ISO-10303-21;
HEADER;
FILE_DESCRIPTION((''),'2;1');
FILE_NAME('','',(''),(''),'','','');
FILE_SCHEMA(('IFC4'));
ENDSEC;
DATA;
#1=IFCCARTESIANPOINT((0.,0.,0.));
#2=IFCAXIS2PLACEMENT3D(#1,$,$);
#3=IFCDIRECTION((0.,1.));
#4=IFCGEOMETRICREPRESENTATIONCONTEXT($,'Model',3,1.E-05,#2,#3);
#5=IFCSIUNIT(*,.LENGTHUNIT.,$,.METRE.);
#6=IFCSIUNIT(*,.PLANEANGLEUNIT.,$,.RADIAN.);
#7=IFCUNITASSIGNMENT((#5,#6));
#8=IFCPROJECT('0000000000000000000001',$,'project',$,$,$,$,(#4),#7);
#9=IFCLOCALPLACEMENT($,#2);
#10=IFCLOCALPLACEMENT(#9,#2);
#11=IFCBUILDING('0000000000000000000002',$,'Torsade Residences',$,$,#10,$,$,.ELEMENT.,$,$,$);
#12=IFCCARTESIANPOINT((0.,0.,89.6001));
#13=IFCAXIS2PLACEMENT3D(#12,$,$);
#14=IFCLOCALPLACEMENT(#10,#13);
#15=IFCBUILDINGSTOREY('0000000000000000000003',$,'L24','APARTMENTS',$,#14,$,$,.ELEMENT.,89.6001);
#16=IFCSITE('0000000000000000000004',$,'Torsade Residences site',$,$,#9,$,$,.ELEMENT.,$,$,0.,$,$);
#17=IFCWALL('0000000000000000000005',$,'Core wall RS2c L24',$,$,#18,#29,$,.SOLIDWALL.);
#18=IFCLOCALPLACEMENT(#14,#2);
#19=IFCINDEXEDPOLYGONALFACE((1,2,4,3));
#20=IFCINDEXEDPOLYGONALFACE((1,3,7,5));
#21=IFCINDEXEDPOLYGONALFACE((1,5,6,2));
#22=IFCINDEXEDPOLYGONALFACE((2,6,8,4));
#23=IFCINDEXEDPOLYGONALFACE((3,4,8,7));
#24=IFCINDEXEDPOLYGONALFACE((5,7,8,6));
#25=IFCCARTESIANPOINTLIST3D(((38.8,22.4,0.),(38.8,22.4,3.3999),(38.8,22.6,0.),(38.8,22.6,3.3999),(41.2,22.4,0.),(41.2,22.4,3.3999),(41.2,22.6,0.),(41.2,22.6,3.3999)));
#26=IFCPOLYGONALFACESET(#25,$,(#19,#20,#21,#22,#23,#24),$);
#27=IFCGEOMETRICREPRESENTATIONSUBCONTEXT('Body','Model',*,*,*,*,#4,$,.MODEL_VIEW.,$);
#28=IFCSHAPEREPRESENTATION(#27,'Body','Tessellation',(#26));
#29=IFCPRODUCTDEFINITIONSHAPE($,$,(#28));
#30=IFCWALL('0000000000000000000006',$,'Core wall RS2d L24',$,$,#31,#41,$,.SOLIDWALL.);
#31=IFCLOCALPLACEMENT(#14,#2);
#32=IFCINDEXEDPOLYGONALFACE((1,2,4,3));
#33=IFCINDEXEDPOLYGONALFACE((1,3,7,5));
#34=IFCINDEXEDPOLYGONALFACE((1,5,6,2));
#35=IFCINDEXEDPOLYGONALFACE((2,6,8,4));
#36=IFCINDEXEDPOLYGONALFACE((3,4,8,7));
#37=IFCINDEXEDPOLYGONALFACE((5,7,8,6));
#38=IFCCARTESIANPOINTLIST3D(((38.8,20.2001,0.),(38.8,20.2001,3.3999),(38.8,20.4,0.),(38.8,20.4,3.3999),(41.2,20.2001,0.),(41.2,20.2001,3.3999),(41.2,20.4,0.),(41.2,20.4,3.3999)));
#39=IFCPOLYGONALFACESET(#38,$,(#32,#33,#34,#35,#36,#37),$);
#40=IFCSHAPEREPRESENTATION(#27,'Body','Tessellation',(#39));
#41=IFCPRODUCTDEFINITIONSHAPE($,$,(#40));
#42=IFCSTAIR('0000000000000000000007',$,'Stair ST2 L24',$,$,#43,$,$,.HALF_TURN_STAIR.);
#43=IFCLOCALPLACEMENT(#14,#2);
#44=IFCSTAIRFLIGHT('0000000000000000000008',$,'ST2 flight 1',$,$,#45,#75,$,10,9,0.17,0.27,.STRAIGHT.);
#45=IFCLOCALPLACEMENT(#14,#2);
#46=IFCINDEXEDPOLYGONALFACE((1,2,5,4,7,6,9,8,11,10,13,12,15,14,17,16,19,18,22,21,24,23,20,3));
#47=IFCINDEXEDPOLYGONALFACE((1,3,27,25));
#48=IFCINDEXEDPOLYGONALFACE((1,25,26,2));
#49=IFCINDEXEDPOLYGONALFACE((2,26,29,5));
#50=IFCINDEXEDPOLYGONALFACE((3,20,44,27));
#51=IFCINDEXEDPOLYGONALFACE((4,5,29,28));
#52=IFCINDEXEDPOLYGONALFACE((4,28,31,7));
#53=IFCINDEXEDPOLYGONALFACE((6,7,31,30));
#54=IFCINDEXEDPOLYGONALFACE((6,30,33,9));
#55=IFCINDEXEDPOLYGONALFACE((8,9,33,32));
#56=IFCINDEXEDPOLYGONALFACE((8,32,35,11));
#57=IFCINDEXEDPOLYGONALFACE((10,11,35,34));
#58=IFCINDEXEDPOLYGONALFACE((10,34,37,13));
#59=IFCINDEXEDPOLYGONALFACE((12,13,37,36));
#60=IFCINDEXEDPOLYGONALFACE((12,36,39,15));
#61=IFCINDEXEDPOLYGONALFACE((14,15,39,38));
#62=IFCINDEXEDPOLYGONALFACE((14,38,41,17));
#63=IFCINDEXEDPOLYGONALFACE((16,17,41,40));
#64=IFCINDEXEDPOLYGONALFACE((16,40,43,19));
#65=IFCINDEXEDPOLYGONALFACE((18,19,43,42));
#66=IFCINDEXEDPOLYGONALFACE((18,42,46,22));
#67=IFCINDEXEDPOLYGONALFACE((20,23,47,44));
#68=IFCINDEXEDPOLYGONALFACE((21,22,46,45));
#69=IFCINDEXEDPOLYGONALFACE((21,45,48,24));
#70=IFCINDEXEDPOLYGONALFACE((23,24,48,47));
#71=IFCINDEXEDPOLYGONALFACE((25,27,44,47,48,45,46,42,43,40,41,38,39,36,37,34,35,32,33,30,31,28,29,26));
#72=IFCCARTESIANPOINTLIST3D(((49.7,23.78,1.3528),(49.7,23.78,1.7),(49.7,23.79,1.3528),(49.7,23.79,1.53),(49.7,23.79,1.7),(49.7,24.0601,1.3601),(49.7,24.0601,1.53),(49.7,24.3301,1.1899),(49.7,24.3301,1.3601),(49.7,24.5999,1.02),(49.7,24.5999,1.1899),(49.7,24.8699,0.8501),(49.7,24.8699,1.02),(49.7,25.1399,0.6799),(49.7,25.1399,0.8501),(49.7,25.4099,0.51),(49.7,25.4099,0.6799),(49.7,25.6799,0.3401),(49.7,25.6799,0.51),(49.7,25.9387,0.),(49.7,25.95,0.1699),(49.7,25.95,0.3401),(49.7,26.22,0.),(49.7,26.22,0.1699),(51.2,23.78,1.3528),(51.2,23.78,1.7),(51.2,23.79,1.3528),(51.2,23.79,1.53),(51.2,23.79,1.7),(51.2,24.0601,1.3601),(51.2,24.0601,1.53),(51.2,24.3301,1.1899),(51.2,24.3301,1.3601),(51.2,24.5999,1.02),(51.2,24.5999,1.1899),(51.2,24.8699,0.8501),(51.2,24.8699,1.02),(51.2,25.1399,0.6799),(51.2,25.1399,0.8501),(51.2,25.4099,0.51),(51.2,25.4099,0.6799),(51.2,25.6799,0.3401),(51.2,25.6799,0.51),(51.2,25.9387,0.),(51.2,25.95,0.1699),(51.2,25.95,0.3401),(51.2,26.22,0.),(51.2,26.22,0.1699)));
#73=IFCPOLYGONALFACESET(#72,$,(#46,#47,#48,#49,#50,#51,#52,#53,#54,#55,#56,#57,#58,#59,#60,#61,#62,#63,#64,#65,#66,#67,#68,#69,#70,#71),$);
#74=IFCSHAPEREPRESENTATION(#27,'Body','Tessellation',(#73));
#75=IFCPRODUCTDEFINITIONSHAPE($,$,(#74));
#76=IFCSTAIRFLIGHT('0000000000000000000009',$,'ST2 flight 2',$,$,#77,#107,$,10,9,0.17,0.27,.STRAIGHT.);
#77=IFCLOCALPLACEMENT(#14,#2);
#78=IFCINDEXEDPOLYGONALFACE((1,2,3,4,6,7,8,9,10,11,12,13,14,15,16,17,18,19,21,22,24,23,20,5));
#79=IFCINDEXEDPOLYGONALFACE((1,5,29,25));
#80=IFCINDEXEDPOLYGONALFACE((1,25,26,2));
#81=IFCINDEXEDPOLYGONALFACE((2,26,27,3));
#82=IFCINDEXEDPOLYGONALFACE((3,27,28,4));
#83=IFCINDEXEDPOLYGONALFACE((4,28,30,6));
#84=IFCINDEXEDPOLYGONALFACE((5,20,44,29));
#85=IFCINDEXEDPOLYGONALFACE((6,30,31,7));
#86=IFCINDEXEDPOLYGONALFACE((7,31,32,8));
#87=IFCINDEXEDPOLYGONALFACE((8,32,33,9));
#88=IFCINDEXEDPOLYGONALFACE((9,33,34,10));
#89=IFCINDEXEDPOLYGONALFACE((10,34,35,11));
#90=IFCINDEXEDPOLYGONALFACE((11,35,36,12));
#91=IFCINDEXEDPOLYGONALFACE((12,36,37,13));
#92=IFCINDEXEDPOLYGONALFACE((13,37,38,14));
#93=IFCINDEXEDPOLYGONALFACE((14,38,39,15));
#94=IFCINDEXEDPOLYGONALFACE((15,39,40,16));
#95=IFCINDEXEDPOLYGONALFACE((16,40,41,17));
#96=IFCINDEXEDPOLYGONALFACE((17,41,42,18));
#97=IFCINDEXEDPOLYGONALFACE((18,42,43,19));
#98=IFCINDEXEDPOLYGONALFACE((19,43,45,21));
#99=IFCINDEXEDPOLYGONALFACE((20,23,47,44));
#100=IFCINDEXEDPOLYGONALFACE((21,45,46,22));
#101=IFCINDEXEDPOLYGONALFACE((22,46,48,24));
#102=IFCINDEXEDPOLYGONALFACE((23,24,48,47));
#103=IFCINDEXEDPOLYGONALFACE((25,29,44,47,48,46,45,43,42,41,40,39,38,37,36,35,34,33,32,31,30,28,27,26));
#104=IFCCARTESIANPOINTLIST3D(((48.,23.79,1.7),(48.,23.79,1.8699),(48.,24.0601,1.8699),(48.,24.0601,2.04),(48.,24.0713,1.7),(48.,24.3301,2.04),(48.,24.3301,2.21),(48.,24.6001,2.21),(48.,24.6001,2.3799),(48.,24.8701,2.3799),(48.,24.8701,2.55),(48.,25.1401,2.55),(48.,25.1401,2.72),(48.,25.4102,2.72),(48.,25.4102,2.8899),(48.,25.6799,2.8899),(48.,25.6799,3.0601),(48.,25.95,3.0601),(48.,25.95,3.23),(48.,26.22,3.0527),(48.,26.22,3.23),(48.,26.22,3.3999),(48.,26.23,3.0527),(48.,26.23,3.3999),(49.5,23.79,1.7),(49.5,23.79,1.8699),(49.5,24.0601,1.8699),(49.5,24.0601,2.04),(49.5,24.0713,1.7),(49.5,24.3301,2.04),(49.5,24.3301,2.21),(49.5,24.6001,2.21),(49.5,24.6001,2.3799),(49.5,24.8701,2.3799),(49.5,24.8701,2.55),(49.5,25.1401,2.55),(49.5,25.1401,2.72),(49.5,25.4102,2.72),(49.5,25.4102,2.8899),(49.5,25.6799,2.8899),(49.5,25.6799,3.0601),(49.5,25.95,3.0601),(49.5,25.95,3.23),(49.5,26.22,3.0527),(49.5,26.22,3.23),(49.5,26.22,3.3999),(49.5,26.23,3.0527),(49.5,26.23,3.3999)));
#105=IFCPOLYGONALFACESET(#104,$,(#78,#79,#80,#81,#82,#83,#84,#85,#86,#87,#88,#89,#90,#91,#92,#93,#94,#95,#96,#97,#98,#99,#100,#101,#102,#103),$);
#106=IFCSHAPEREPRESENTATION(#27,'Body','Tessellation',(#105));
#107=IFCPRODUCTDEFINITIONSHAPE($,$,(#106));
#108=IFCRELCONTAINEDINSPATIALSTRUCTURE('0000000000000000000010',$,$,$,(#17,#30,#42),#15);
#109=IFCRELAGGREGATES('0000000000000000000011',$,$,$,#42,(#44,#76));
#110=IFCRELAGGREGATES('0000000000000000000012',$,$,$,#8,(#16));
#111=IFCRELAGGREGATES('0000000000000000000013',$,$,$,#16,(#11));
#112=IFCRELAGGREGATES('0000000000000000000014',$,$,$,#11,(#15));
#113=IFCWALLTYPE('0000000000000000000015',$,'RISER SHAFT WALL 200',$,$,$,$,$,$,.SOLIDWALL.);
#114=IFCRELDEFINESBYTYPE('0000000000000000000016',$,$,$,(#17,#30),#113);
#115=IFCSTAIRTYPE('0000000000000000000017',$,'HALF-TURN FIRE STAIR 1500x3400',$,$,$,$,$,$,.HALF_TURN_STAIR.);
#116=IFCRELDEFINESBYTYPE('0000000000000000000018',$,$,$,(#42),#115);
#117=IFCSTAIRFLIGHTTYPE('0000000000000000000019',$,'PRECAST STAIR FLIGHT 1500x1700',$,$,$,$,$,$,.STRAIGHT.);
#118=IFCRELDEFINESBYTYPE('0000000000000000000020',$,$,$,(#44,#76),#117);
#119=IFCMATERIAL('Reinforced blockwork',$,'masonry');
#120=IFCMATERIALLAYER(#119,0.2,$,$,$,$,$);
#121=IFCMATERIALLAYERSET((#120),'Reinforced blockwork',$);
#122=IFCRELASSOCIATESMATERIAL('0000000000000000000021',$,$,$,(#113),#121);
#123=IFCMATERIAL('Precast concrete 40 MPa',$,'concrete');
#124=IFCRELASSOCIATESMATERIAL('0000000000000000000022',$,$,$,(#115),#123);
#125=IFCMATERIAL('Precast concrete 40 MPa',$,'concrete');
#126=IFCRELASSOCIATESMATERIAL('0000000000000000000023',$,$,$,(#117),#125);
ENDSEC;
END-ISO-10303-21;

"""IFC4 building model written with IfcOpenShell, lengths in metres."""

from ifc_helpers import new_model, si_unit, direction, frame, frame_2d, origin, place, context, subcontext, project, spatial, polyline, rectangle, outline, extrude, material, layer, layer_set, type_object, element, aggregate, save


model = new_model("IFC4")

# Units and contexts
model_context = context("Model", 3, precision=1e-05, world=origin(), true_north=direction((0.0, 1.0)))
body_context = subcontext(model_context, "Body", "Model", "MODEL_VIEW")
ifc_project = project(units=[si_unit("LENGTHUNIT", "METRE"), si_unit("PLANEANGLEUNIT", "RADIAN")], contexts=[model_context])

# Site, building, storey
site_placement = place(None, origin())
site = spatial("IfcSite", under=ifc_project, at=site_placement, Name="Torsade Residences site", CompositionType="ELEMENT", RefElevation=0.0)
building_placement = place(site_placement, origin())
building = spatial("IfcBuilding", under=site, at=building_placement, Name="Torsade Residences", CompositionType="ELEMENT")
storey_placement = place(building_placement, frame((0.0, 0.0, 89.6001)))
storey = spatial("IfcBuildingStorey", under=building, at=storey_placement, Name="L24", Description="APARTMENTS", CompositionType="ELEMENT", Elevation=89.6001)

# Walls
ifc_material_1 = material(Name="Reinforced blockwork", Category="masonry")
ifc_layer_1 = layer(ifc_material_1, 0.2)
ifc_layer_set_1 = layer_set([ifc_layer_1], Name="Reinforced blockwork")
wall_type_1 = type_object("IfcWallType", Name="RISER SHAFT WALL 200", PredefinedType="SOLIDWALL", material=ifc_layer_set_1)
for number, where, z_axis, x_axis, name in (
    (1, (38.8, 22.5, 0.0), (0.0, 0.0, 1.0), (1.0, 0.0, 0.0), "Core wall RS2c L24"),
    (2, (38.8, 20.3, 0.0), (0.0, 0.0, 1.0), (1.0, 0.0, 0.0), "Core wall RS2d L24"),
):
    element("IfcWall", number, at=place(storey_placement, frame(where, z_axis=z_axis, x_axis=x_axis)), inside=storey, type_object=wall_type_1, Name=name, PredefinedType="SOLIDWALL", context=body_context, shape_type="SweptSolid", body=[
        extrude(rectangle(XDim=2.3999, YDim=0.2, at=frame_2d((1.2, 0.0))), origin(), (0.0, 0.0, 1.0), 3.3999),
    ])

# Stair, stair flights
ifc_material_2 = material(Name="Precast concrete 40 MPa", Category="concrete")
stair_type = type_object("IfcStairType", Name="HALF-TURN FIRE STAIR 1500x3400", PredefinedType="HALF_TURN_STAIR", material=ifc_material_2)
stair_placement = place(storey_placement, origin())
stair = element("IfcStair", 3, at=stair_placement, inside=storey, type_object=stair_type, Name="Stair ST2 L24", PredefinedType="HALF_TURN_STAIR")
ifc_material_3 = material(Name="Precast concrete 40 MPa", Category="concrete")
stair_flight_type = type_object("IfcStairFlightType", Name="PRECAST STAIR FLIGHT 1500x1700", PredefinedType="STRAIGHT", material=ifc_material_3)
stair_flight_1_placement = place(storey_placement, frame((50.45, 26.22, 0.0), z_axis=(0.0, 0.0, 1.0), x_axis=(0.0, -1.0, 0.0)))
stair_flight_1 = element("IfcStairFlight", 4, at=stair_flight_1_placement, type_object=stair_flight_type, Name="ST2 flight 1", NumberOfRisers=10, NumberOfTreads=9, PredefinedType="STRAIGHT", RiserHeight=0.17, TreadLength=0.27, context=body_context, shape_type="SweptSolid", body=[
    extrude(outline(polyline([(0.0, 0.0), (0.0, 0.1699), (0.27, 0.1699), (0.27, 0.3401), (0.54, 0.3401), (0.54, 0.51), (0.8101, 0.51), (0.8101, 0.6799), (1.0801, 0.6799), (1.0801, 0.8501), (1.3501, 0.8501), (1.3501, 1.02), (1.6201, 1.02), (1.6201, 1.1899), (1.8899, 1.1899), (1.8899, 1.3601), (2.1599, 1.3601), (2.1599, 1.53), (2.4299, 1.53), (2.4299, 1.7), (2.4399, 1.7), (2.4399, 1.3528), (2.4299, 1.3528), (0.2812, 0.0), (0.0, 0.0)])), frame((0.0, 0.75, 0.0), z_axis=(0.0, -1.0, 0.0), x_axis=(1.0, 0.0, 0.0)), (0.0, 0.0, 1.0), 1.5),
])
stair_flight_2_placement = place(storey_placement, frame((48.75, 23.79, 1.7), z_axis=(0.0, 0.0, 1.0), x_axis=(0.0, 1.0, 0.0)))
stair_flight_2 = element("IfcStairFlight", 5, at=stair_flight_2_placement, type_object=stair_flight_type, Name="ST2 flight 2", NumberOfRisers=10, NumberOfTreads=9, PredefinedType="STRAIGHT", RiserHeight=0.17, TreadLength=0.27, context=body_context, shape_type="SweptSolid", body=[
    extrude(outline(polyline([(0.0, 0.0), (0.0, 0.1699), (0.27, 0.1699), (0.27, 0.3401), (0.54, 0.3401), (0.54, 0.51), (0.8101, 0.51), (0.8101, 0.6799), (1.0801, 0.6799), (1.0801, 0.8501), (1.3501, 0.8501), (1.3501, 1.02), (1.6201, 1.02), (1.6201, 1.1899), (1.8899, 1.1899), (1.8899, 1.3601), (2.1599, 1.3601), (2.1599, 1.53), (2.4299, 1.53), (2.4299, 1.7), (2.4399, 1.7), (2.4399, 1.3528), (2.4299, 1.3528), (0.2812, 0.0), (0.0, 0.0)])), frame((0.0, 0.75, 0.0), z_axis=(0.0, -1.0, 0.0), x_axis=(1.0, 0.0, 0.0)), (0.0, 0.0, 1.0), 1.5),
])
aggregate(stair, [stair_flight_1, stair_flight_2])

save(model, "model.ifc")
